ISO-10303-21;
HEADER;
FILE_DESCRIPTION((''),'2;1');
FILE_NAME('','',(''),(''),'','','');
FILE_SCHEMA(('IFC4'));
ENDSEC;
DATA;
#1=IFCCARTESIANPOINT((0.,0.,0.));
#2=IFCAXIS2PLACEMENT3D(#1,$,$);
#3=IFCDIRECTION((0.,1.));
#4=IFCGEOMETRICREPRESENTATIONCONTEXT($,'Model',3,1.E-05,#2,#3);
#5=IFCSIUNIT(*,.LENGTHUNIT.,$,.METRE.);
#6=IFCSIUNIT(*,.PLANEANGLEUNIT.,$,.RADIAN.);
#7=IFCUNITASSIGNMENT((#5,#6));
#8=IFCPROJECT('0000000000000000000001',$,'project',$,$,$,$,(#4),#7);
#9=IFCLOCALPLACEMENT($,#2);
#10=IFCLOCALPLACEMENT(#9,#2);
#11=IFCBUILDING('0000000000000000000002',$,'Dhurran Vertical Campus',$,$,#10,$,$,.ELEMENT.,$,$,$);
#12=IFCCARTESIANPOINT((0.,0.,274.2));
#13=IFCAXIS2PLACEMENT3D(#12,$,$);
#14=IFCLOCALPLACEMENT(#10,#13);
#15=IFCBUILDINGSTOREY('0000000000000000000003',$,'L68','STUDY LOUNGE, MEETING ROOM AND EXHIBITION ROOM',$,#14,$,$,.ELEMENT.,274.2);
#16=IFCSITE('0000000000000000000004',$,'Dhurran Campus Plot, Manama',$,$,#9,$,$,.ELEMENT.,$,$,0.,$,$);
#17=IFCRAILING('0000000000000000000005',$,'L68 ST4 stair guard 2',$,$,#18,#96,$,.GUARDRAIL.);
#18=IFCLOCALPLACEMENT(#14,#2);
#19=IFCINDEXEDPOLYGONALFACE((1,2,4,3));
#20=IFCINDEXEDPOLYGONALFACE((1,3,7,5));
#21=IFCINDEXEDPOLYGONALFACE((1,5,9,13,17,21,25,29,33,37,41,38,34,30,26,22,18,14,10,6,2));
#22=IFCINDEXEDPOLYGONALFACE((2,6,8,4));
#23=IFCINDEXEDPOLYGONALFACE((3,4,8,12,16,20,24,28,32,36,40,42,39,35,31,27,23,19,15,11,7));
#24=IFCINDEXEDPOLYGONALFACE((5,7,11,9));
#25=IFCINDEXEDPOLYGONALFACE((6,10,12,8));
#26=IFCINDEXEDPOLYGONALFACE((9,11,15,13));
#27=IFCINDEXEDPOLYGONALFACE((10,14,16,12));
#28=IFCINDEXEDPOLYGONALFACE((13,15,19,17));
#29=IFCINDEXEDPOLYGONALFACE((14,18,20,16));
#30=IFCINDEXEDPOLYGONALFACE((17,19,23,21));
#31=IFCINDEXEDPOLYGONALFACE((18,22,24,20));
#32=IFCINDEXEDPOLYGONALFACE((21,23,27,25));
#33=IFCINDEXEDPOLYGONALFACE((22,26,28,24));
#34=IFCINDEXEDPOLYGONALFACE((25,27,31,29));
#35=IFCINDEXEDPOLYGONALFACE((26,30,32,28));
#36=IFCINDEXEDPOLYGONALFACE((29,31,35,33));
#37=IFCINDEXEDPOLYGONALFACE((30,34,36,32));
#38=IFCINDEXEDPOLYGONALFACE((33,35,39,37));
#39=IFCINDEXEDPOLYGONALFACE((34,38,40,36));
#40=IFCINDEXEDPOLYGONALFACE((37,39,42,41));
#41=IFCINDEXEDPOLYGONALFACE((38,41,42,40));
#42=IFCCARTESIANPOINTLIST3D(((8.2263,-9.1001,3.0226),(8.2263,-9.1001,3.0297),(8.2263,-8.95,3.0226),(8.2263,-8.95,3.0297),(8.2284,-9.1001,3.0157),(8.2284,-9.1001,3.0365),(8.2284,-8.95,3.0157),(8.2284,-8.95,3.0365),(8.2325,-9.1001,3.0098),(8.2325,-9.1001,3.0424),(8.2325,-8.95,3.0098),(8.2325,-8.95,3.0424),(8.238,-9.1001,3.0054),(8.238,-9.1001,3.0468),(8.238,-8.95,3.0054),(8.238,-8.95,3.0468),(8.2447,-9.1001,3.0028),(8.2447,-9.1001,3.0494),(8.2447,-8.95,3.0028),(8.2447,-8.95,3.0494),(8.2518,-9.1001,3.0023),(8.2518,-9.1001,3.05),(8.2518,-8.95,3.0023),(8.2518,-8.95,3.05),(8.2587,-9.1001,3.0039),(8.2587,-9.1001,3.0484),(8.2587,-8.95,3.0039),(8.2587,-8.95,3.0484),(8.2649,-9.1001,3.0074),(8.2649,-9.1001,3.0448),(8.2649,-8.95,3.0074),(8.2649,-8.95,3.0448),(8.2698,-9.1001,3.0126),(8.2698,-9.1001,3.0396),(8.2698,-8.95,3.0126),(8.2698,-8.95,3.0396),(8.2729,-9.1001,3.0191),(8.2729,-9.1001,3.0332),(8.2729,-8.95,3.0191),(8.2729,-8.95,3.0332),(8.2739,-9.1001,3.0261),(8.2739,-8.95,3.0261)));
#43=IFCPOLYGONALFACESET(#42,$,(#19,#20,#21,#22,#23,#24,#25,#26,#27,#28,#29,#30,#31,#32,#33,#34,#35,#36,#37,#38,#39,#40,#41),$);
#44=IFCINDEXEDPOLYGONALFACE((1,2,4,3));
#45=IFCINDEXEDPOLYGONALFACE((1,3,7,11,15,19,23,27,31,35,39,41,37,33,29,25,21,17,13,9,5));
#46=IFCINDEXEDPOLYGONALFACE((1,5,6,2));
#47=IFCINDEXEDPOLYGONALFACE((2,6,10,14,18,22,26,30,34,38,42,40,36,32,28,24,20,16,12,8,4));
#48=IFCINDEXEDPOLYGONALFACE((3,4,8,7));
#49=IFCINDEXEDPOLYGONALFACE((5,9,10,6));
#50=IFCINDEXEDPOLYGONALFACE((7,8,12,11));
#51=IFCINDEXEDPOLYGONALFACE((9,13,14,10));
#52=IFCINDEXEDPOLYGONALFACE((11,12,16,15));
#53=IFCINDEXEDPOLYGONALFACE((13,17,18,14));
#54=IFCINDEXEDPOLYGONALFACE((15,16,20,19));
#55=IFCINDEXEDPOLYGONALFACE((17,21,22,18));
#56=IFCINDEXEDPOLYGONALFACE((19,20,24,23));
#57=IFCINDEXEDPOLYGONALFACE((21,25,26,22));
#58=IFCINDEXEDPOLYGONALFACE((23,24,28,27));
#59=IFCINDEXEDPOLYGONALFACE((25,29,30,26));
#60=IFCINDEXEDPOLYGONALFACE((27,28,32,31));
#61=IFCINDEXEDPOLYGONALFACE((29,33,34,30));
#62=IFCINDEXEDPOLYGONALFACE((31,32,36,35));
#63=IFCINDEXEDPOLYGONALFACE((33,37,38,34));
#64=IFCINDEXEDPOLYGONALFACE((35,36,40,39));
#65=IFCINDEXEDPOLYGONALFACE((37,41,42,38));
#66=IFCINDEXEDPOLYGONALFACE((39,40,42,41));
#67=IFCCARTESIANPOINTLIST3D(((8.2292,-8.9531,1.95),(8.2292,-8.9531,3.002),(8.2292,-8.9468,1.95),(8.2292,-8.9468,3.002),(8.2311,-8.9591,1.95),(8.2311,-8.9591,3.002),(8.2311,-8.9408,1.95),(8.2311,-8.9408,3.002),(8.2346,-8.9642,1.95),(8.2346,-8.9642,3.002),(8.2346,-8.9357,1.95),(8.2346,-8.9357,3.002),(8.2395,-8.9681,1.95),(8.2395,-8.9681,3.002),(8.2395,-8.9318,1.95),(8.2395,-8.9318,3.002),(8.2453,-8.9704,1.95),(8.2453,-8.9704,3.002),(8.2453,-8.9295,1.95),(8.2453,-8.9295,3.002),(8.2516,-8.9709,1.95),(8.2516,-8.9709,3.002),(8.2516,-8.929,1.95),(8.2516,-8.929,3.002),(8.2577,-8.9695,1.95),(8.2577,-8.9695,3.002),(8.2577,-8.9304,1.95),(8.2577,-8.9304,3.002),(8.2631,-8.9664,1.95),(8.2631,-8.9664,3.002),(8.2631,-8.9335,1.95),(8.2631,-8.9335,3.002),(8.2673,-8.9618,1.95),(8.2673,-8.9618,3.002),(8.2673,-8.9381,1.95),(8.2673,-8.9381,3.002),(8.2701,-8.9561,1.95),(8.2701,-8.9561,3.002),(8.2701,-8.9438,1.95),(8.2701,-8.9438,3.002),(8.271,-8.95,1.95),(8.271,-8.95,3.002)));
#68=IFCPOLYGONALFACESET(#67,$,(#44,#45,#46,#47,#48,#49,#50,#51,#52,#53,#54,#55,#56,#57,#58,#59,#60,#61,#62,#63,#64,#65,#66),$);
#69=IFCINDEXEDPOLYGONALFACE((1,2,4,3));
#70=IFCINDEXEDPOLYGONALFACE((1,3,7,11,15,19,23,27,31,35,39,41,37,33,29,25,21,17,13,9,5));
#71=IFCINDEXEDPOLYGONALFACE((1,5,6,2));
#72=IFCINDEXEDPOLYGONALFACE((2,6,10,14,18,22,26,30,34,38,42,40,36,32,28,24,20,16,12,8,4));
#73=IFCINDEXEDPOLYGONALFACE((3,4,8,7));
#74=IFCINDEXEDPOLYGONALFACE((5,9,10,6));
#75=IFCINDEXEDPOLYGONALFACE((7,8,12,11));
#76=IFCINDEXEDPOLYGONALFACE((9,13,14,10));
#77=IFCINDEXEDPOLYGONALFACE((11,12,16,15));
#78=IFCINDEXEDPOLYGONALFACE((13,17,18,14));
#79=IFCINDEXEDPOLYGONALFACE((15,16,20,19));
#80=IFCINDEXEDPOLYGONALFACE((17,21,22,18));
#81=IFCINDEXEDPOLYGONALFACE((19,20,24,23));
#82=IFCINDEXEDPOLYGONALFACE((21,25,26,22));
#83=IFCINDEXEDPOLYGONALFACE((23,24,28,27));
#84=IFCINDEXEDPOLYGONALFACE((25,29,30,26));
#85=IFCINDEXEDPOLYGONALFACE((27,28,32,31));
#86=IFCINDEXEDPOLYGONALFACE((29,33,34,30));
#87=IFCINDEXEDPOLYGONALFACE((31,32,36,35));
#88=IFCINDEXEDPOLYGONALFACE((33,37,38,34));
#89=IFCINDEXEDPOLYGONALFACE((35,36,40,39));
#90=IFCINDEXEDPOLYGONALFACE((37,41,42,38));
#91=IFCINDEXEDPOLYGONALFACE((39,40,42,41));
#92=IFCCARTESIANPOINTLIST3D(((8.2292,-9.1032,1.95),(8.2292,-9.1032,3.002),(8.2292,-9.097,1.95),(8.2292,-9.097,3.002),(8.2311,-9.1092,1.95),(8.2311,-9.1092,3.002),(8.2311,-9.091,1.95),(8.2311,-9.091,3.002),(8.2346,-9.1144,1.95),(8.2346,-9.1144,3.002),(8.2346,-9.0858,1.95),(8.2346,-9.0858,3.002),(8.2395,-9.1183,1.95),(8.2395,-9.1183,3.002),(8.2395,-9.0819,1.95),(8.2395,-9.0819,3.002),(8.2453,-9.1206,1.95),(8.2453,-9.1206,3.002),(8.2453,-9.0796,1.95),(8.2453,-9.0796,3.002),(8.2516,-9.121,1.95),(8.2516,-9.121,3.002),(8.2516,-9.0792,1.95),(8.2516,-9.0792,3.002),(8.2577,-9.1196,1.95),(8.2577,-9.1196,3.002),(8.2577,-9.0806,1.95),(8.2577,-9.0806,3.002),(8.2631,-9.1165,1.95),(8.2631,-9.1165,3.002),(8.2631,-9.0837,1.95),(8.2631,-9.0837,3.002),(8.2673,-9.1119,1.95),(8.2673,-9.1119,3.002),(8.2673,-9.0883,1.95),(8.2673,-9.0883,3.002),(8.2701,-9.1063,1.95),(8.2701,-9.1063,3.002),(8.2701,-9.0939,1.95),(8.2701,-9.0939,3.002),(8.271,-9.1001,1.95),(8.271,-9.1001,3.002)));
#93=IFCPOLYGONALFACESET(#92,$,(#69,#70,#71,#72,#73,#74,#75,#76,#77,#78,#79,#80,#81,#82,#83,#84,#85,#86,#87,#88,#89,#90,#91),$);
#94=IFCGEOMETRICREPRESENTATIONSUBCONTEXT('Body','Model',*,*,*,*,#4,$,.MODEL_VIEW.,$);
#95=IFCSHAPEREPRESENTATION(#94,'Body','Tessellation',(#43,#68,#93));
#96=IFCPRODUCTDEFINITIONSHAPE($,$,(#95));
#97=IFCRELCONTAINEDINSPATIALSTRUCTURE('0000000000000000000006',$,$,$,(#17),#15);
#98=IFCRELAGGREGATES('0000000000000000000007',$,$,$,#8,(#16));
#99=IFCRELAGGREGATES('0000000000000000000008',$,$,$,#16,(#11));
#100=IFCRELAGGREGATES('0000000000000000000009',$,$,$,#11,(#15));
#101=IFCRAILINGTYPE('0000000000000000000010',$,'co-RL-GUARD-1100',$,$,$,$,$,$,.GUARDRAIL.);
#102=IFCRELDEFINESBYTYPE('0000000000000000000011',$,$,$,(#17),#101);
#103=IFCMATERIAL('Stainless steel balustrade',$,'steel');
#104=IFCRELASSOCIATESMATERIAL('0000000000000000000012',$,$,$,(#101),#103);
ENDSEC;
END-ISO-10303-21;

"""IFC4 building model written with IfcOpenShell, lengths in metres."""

from ifc_helpers import new_model, si_unit, direction, frame, origin, origin_2d, place, context, subcontext, project, spatial, circle, extrude, material, type_object, element, save


model = new_model("IFC4")

# Units and contexts
model_context = context("Model", 3, precision=1e-05, world=origin(), true_north=direction((0.0, 1.0)))
body_context = subcontext(model_context, "Body", "Model", "MODEL_VIEW")
ifc_project = project(units=[si_unit("LENGTHUNIT", "METRE"), si_unit("PLANEANGLEUNIT", "RADIAN")], contexts=[model_context])

# Site, building, storey
site_placement = place(None, origin())
site = spatial("IfcSite", under=ifc_project, at=site_placement, Name="Dhurran Campus Plot, Manama", CompositionType="ELEMENT", RefElevation=0.0)
building_placement = place(site_placement, origin())
building = spatial("IfcBuilding", under=site, at=building_placement, Name="Dhurran Vertical Campus", CompositionType="ELEMENT")
storey_placement = place(building_placement, frame((0.0, 0.0, 274.2)))
storey = spatial("IfcBuildingStorey", under=building, at=storey_placement, Name="L68", Description="STUDY LOUNGE, MEETING ROOM AND EXHIBITION ROOM", CompositionType="ELEMENT", Elevation=274.2)

# Railing
ifc_material_1 = material(Name="Stainless steel balustrade", Category="steel")
railing_type_1 = type_object("IfcRailingType", Name="co-RL-GUARD-1100", PredefinedType="GUARDRAIL", material=ifc_material_1)
railing_1_placement = place(storey_placement, frame((8.25, -8.95, 1.95)))
element("IfcRailing", 1, at=railing_1_placement, inside=storey, type_object=railing_type_1, Name="L68 ST4 stair guard 2", PredefinedType="GUARDRAIL", context=body_context, shape_type="SweptSolid", body=[
    extrude(circle(Radius=0.0239, at=origin_2d()), frame((0.0, 0.0, 1.0762), z_axis=(0.0, -1.0, 0.0), x_axis=(1.0, 0.0, 0.0)), (0.0, 0.0, 1.0), 0.1501),
    extrude(circle(Radius=0.021, at=origin_2d()), origin(), (0.0, 0.0, 1.0), 1.052),
    extrude(circle(Radius=0.021, at=origin_2d()), frame((0.0, -0.1501, 0.0)), (0.0, 0.0, 1.0), 1.052),
])

save(model, "model.ifc")
